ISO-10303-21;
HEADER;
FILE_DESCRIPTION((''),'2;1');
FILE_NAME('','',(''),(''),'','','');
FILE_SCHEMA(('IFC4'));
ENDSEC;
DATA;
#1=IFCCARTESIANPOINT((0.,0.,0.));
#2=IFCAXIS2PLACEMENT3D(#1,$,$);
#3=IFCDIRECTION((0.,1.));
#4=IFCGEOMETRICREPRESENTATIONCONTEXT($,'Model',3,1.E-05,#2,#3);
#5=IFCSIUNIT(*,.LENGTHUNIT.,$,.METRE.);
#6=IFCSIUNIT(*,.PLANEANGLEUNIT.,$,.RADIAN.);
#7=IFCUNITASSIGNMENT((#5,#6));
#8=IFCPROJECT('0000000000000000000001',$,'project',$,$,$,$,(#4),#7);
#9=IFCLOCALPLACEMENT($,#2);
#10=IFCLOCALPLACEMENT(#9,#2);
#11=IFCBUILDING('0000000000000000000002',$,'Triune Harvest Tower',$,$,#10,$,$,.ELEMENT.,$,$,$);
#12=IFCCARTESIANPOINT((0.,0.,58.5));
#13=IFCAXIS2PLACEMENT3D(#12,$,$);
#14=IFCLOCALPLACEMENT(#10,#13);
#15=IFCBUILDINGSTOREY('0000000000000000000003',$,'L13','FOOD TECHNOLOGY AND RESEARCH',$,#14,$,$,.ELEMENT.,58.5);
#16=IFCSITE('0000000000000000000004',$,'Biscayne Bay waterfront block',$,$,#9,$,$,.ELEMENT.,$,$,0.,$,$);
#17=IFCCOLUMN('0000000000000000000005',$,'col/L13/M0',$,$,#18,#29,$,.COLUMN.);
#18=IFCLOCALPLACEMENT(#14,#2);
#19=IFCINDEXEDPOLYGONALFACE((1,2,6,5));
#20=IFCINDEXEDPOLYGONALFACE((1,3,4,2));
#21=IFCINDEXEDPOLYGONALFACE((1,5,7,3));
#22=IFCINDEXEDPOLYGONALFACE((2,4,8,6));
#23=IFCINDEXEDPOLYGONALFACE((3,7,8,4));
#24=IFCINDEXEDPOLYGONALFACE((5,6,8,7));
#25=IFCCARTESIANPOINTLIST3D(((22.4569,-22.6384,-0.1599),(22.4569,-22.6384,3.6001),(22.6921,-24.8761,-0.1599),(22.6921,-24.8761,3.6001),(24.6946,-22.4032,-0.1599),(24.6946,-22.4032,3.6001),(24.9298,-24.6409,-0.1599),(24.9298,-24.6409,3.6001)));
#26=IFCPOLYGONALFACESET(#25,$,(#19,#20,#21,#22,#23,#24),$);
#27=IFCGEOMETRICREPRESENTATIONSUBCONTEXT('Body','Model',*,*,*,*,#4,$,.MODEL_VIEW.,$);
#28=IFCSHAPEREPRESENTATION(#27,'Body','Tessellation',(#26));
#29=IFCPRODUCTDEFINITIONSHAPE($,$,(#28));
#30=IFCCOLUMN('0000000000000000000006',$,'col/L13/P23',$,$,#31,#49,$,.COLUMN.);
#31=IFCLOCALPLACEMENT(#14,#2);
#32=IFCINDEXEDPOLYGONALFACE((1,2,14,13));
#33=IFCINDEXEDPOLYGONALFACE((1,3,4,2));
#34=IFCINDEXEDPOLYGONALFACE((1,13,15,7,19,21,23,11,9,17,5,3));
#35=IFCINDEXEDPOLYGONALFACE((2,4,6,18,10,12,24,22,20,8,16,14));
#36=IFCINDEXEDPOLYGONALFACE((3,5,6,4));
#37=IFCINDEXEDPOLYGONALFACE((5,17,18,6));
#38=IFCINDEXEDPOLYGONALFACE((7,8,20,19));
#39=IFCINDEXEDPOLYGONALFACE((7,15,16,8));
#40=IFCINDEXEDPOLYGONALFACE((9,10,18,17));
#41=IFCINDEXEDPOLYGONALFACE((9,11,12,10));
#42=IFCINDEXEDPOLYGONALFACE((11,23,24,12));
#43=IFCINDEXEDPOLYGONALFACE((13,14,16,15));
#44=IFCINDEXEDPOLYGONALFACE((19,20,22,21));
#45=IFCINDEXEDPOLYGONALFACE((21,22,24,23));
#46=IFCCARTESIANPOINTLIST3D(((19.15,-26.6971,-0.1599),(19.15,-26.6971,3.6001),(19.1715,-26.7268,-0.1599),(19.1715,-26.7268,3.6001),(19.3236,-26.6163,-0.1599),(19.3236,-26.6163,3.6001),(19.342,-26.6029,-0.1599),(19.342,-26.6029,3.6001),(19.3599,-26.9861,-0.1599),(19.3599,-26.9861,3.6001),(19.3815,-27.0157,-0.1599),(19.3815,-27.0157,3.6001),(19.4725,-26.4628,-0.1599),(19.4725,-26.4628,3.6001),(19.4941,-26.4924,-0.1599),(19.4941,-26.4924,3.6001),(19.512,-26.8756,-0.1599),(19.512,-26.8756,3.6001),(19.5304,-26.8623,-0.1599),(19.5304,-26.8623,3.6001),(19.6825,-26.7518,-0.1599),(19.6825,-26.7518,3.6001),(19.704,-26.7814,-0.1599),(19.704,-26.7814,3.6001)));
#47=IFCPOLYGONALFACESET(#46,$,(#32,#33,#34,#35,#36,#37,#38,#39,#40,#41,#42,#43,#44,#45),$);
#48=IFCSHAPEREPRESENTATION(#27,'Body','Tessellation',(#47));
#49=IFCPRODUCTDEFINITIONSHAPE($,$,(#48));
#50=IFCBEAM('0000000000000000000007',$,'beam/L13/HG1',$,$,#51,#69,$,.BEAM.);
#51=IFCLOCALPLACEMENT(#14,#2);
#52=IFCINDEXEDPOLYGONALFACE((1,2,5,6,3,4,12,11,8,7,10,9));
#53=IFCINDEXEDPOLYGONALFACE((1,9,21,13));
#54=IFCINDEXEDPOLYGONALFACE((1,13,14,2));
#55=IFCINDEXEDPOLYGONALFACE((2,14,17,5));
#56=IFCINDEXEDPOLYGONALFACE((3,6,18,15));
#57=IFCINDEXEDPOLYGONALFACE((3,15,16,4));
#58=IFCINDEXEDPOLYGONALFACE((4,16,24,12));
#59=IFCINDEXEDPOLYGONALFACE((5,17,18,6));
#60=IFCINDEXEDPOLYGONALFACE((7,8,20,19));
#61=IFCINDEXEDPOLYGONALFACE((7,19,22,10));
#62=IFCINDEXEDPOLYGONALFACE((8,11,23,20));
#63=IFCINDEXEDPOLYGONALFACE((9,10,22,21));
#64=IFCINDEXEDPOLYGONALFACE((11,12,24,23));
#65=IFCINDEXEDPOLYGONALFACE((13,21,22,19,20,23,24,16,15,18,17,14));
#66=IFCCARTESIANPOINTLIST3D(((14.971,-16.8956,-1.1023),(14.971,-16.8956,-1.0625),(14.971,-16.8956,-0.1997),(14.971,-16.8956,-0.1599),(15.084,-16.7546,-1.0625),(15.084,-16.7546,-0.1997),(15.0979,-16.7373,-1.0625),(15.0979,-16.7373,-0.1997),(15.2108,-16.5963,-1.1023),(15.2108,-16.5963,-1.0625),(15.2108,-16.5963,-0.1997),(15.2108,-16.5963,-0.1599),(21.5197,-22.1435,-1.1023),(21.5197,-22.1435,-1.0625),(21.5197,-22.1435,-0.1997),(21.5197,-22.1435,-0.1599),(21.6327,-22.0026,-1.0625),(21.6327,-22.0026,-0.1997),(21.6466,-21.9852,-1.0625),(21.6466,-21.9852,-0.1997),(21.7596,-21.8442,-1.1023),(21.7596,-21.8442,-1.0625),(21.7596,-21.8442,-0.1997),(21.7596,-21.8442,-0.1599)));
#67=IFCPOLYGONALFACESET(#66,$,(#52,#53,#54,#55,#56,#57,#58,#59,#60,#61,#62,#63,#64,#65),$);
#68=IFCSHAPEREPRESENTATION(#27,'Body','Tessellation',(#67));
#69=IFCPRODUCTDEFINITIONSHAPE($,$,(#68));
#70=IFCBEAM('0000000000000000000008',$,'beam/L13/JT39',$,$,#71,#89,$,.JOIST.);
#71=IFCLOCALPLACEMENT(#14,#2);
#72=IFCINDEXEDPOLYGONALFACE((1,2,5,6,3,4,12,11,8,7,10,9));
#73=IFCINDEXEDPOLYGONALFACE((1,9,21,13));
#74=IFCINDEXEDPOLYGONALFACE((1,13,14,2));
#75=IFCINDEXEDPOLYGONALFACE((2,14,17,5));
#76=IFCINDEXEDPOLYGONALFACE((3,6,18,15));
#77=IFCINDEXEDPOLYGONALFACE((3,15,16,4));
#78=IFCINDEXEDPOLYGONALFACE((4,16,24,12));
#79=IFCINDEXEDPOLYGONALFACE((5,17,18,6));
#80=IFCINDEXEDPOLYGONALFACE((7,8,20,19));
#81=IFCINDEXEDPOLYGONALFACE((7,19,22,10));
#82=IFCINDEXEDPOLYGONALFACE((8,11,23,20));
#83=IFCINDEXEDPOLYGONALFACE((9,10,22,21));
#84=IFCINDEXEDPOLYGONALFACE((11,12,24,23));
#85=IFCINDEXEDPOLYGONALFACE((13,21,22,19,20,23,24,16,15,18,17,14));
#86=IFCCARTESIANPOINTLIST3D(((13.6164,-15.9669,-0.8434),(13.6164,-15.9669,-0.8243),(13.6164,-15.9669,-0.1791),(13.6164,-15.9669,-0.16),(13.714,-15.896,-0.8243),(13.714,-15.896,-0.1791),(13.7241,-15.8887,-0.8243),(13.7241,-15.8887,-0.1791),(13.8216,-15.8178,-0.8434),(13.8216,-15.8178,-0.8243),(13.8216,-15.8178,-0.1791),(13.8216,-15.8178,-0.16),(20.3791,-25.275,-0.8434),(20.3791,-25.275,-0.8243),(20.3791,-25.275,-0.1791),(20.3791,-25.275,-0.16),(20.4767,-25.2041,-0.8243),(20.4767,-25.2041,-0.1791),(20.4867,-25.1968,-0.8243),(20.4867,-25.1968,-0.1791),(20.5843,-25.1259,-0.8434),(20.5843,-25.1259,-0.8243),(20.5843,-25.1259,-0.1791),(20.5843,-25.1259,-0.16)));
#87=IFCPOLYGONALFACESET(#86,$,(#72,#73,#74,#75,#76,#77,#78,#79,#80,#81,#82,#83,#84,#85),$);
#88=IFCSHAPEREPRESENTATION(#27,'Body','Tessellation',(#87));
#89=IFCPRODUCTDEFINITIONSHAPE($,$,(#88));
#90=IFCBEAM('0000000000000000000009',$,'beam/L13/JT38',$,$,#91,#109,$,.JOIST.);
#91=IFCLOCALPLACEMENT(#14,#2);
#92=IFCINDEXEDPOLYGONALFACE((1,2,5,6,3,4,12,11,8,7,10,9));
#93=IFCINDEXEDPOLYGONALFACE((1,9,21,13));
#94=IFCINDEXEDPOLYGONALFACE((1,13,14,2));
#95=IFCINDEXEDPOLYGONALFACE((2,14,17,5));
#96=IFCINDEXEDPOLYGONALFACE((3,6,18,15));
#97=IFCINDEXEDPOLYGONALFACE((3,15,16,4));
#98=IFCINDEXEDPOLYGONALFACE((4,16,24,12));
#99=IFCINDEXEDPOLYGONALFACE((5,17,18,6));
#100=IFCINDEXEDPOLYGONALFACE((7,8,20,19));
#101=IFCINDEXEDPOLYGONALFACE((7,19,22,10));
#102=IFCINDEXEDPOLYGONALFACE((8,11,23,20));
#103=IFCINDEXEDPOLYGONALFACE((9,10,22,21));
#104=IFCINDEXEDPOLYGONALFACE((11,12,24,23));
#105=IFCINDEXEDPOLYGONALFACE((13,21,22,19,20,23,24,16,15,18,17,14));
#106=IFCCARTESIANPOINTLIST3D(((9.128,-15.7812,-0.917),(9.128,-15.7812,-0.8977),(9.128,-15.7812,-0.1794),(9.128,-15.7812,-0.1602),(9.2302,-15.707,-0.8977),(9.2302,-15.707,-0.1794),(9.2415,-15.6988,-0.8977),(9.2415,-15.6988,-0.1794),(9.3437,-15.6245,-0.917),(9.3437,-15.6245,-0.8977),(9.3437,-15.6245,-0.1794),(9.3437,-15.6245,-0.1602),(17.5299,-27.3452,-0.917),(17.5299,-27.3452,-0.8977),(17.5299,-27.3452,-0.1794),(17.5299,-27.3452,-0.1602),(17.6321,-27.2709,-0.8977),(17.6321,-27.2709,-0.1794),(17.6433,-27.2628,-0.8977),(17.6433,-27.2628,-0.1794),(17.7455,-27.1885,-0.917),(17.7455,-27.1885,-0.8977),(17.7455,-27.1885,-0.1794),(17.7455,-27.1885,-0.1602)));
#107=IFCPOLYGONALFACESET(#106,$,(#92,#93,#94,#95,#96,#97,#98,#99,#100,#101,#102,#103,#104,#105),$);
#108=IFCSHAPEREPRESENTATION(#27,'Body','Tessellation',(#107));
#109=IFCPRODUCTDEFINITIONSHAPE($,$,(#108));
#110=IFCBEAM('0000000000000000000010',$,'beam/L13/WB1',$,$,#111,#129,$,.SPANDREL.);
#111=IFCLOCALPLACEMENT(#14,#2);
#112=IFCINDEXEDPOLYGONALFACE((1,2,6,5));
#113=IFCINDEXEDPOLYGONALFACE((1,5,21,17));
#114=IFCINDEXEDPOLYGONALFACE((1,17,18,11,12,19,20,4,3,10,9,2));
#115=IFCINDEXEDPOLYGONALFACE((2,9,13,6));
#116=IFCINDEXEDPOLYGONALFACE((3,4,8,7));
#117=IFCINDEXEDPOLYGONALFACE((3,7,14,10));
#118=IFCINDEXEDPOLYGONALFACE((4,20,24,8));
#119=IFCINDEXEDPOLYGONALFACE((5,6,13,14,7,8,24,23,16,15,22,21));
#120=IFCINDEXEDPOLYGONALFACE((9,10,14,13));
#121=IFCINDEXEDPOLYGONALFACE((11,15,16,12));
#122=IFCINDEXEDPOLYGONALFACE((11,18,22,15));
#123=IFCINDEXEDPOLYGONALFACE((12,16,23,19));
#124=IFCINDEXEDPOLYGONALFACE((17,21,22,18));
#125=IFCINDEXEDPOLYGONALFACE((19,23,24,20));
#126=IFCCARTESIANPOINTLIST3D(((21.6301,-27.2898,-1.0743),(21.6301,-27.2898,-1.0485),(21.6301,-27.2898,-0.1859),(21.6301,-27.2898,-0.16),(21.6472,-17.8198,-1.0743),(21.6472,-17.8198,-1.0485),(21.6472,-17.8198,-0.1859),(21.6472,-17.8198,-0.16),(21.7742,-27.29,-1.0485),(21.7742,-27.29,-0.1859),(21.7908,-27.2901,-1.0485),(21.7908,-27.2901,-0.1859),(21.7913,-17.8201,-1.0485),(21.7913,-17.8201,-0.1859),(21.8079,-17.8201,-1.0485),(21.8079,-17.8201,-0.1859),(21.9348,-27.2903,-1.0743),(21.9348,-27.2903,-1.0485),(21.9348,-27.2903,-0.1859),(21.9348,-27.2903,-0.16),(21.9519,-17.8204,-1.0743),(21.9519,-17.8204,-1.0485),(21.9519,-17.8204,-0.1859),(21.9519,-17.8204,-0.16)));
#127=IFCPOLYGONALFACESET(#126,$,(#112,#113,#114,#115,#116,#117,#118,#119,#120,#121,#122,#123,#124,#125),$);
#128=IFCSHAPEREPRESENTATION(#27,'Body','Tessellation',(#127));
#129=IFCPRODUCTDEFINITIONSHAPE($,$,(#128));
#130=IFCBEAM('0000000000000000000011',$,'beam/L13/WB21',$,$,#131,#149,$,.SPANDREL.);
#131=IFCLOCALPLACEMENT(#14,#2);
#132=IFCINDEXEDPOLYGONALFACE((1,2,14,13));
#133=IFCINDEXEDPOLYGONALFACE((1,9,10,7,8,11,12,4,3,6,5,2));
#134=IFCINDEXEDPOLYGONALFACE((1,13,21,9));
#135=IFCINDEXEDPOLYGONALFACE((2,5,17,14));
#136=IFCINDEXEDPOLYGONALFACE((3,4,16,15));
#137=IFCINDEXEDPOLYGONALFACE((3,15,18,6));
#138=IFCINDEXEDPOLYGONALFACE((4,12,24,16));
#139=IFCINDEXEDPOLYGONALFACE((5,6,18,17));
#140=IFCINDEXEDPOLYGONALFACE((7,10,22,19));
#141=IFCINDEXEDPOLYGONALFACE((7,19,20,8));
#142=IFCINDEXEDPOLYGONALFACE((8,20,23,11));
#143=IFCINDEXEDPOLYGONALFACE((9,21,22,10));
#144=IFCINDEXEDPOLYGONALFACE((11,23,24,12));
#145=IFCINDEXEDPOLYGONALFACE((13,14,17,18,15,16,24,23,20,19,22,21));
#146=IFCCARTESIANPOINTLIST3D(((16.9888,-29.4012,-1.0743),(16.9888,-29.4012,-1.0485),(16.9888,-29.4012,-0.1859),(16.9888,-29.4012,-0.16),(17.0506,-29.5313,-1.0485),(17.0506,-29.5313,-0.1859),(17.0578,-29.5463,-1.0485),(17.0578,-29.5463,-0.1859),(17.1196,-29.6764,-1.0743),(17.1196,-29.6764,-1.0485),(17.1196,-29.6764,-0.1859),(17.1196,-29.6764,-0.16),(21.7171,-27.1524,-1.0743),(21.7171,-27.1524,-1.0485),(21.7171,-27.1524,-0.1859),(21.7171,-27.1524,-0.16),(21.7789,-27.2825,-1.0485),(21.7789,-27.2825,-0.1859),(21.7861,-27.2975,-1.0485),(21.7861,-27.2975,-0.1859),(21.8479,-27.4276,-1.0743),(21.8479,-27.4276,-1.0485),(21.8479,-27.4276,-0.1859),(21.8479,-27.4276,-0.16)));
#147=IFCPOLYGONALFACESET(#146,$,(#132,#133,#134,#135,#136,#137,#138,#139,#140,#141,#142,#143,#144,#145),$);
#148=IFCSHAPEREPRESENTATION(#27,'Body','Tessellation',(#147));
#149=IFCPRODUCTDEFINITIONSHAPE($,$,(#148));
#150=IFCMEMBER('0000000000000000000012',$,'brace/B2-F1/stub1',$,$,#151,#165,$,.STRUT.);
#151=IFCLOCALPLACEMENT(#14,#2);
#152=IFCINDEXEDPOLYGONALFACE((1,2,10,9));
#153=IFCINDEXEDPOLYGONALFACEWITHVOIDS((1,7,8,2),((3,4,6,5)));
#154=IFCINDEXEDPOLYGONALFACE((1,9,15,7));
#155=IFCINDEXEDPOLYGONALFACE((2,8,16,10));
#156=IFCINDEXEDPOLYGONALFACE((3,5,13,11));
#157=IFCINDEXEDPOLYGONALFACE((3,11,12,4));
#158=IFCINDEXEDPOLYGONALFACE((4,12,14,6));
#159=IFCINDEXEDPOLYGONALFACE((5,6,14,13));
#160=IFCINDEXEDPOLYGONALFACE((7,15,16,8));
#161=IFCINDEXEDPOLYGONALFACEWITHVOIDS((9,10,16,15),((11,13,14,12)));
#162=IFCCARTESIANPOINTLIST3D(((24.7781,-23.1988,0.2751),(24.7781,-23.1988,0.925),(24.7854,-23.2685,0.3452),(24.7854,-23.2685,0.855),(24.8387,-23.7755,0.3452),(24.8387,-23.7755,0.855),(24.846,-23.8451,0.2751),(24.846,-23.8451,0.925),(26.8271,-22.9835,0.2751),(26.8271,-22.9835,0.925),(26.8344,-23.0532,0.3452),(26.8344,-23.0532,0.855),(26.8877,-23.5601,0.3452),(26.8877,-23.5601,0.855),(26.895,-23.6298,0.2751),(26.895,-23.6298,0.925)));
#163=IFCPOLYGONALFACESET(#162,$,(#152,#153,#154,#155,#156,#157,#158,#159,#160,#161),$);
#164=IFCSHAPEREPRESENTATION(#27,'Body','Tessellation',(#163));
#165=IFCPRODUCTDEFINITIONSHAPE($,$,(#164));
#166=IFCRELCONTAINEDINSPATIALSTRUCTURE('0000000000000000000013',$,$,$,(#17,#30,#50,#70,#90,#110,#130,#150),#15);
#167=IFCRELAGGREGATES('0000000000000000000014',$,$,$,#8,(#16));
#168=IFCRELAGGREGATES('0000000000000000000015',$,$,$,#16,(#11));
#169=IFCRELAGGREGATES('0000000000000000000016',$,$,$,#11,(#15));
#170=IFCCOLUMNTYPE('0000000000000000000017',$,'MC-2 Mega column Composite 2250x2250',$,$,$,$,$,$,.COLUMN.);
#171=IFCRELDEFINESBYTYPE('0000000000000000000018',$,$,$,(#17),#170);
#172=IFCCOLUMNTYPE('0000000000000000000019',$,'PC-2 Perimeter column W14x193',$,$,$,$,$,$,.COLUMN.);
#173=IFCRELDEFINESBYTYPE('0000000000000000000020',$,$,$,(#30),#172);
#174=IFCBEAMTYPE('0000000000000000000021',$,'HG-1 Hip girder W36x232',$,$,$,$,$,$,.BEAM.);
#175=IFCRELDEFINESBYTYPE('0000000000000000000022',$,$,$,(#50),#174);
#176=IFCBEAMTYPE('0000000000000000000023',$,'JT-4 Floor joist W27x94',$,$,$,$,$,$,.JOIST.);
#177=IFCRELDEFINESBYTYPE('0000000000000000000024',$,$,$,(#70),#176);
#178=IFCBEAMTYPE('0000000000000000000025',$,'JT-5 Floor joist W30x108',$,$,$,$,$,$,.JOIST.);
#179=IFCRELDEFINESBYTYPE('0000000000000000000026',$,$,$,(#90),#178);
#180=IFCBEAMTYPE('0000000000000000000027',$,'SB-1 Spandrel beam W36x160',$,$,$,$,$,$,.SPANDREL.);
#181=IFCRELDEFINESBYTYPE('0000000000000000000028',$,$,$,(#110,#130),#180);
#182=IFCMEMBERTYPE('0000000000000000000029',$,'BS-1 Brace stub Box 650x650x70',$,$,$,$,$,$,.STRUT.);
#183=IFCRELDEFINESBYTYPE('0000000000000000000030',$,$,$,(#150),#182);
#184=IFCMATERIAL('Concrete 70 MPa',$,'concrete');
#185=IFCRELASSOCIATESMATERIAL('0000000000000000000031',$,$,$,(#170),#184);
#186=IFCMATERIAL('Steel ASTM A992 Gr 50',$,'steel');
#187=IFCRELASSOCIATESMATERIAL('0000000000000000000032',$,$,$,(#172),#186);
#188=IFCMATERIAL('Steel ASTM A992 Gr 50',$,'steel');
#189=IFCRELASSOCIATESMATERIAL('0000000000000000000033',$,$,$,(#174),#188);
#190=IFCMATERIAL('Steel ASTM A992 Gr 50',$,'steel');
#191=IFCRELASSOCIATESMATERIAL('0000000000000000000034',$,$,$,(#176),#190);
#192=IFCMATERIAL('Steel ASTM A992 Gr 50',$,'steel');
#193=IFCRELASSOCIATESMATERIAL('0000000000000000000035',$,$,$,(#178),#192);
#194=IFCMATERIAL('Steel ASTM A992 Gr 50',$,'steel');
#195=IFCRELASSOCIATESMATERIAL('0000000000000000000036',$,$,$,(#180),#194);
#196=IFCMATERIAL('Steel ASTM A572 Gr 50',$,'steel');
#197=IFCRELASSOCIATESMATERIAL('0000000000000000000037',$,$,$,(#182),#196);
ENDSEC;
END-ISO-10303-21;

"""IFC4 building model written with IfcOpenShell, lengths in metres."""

from ifc_helpers import new_model, si_unit, direction, frame, origin, origin_2d, place, context, subcontext, project, spatial, rectangle, hollow_rectangle, i_section, extrude, source, transform, mapped, material, material_profile, profile_set, type_object, element, save


model = new_model("IFC4")

# Units and contexts
model_context = context("Model", 3, precision=1e-05, world=origin(), true_north=direction((0.0, 1.0)))
body_context = subcontext(model_context, "Body", "Model", "MODEL_VIEW")
ifc_project = project(units=[si_unit("LENGTHUNIT", "METRE"), si_unit("PLANEANGLEUNIT", "RADIAN")], contexts=[model_context])

# Site, building, storey
site_placement = place(None, origin())
site = spatial("IfcSite", under=ifc_project, at=site_placement, Name="Biscayne Bay waterfront block", CompositionType="ELEMENT", RefElevation=0.0)
building_placement = place(site_placement, origin())
building = spatial("IfcBuilding", under=site, at=building_placement, Name="Triune Harvest Tower", CompositionType="ELEMENT")
storey_placement = place(building_placement, frame((0.0, 0.0, 58.5)))
storey = spatial("IfcBuildingStorey", under=building, at=storey_placement, Name="L13", Description="FOOD TECHNOLOGY AND RESEARCH", CompositionType="ELEMENT", Elevation=58.5)

# Columns
ifc_material_1 = material(Name="Concrete 70 MPa", Category="concrete")
ifc_material_profile_1 = material_profile(ifc_material_1, rectangle(XDim=2.25, YDim=2.25, at=origin_2d()), Name="Composite 2250x2250")
ifc_profile_set_1 = profile_set([ifc_material_profile_1], Name="Concrete 70 MPa")
column_type_1 = type_object("IfcColumnType", Name="MC-2 Mega column Composite 2250x2250", PredefinedType="COLUMN", material=ifc_profile_set_1)
shared_shape_1 = source(origin(), body_context, "Body", "SweptSolid", [
    extrude(rectangle(XDim=2.25, YDim=2.25, at=origin_2d()), origin(), (0.0, 0.0, 1.0), 3.76),
])
column_1_placement = place(storey_placement, frame((23.6934, -23.6396, -0.1599), z_axis=(0.0, 0.0, 1.0), x_axis=(-0.104527, 0.994522, 0.0)))
element("IfcColumn", 1, at=column_1_placement, inside=storey, type_object=column_type_1, Name="col/L13/M0", PredefinedType="COLUMN", context=body_context, shape_type="MappedRepresentation", body=[
    mapped(shared_shape_1, transform((0.0, 0.0, 0.0), scale=1.0)),
])
ifc_material_2 = material(Name="Steel ASTM A992 Gr 50", Category="steel")
ifc_material_profile_2 = material_profile(ifc_material_2, i_section(OverallWidth=0.3987, OverallDepth=0.3938, WebThickness=0.0227, FlangeThickness=0.0366, at=origin_2d()), Name="W14x193")
ifc_profile_set_2 = profile_set([ifc_material_profile_2], Name="Steel ASTM A992 Gr 50")
column_type_2 = type_object("IfcColumnType", Name="PC-2 Perimeter column W14x193", PredefinedType="COLUMN", material=ifc_profile_set_2)
shared_shape_2 = source(origin(), body_context, "Body", "SweptSolid", [
    extrude(i_section(OverallWidth=0.3987, OverallDepth=0.3938, WebThickness=0.0227, FlangeThickness=0.0366, at=origin_2d()), origin(), (0.0, 0.0, 1.0), 3.76),
])
column_2_placement = place(storey_placement, frame((19.427, -26.7393, -0.1599), z_axis=(0.0, 0.0, 1.0), x_axis=(0.809015, 0.587788, 0.0)))
element("IfcColumn", 2, at=column_2_placement, inside=storey, type_object=column_type_2, Name="col/L13/P23", PredefinedType="COLUMN", context=body_context, shape_type="MappedRepresentation", body=[
    mapped(shared_shape_2, transform((0.0, 0.0, 0.0), scale=1.0)),
])

# Beams
ifc_material_3 = material(Name="Steel ASTM A992 Gr 50", Category="steel")
ifc_material_profile_3 = material_profile(ifc_material_3, i_section(OverallWidth=0.3835, OverallDepth=0.9424, WebThickness=0.0222, FlangeThickness=0.0398, at=origin_2d()), Name="W36x232")
ifc_profile_set_3 = profile_set([ifc_material_profile_3], Name="Steel ASTM A992 Gr 50")
beam_type_1 = type_object("IfcBeamType", Name="HG-1 Hip girder W36x232", PredefinedType="BEAM", material=ifc_profile_set_3)
beam_1_placement = place(storey_placement, frame((21.6396, -21.9939, -0.6311), z_axis=(-0.780346, 0.625348, 0.0), x_axis=(-0.625348, -0.780346, 0.0)))
element("IfcBeam", 3, at=beam_1_placement, inside=storey, type_object=beam_type_1, Name="beam/L13/HG1", PredefinedType="BEAM", context=body_context, shape_type="SweptSolid", body=[
    extrude(i_section(OverallWidth=0.3835, OverallDepth=0.9424, WebThickness=0.0222, FlangeThickness=0.0398, at=origin_2d()), origin(), (0.0, 0.0, 1.0), 8.3921),
])
ifc_material_4 = material(Name="Steel ASTM A992 Gr 50", Category="steel")
ifc_material_profile_4 = material_profile(ifc_material_4, i_section(OverallWidth=0.2537, OverallDepth=0.6833, WebThickness=0.0125, FlangeThickness=0.019, at=origin_2d()), Name="W27x94")
ifc_profile_set_4 = profile_set([ifc_material_profile_4], Name="Steel ASTM A992 Gr 50")
beam_type_2 = type_object("IfcBeamType", Name="JT-4 Floor joist W27x94", PredefinedType="JOIST", material=ifc_profile_set_4)
beam_2_placement = place(storey_placement, frame((20.4817, -25.2004, -0.5017), z_axis=(-0.587783, 0.809019, 0.0), x_axis=(-0.809019, -0.587783, 0.0)))
element("IfcBeam", 4, at=beam_2_placement, inside=storey, type_object=beam_type_2, Name="beam/L13/JT39", PredefinedType="JOIST", context=body_context, shape_type="SweptSolid", body=[
    extrude(i_section(OverallWidth=0.2537, OverallDepth=0.6833, WebThickness=0.0125, FlangeThickness=0.019, at=origin_2d()), origin(), (0.0, 0.0, 1.0), 11.5054),
])
ifc_material_5 = material(Name="Steel ASTM A992 Gr 50", Category="steel")
ifc_material_profile_5 = material_profile(ifc_material_5, i_section(OverallWidth=0.2666, OverallDepth=0.7568, WebThickness=0.0139, FlangeThickness=0.0193, at=origin_2d()), Name="W30x108")
ifc_profile_set_5 = profile_set([ifc_material_profile_5], Name="Steel ASTM A992 Gr 50")
beam_type_3 = type_object("IfcBeamType", Name="JT-5 Floor joist W30x108", PredefinedType="JOIST", material=ifc_profile_set_5)
beam_3_placement = place(storey_placement, frame((17.6377, -27.2668, -0.5386), z_axis=(-0.587792, 0.809012, 0.0), x_axis=(-0.809012, -0.587792, 0.0)))
element("IfcBeam", 5, at=beam_3_placement, inside=storey, type_object=beam_type_3, Name="beam/L13/JT38", PredefinedType="JOIST", context=body_context, shape_type="SweptSolid", body=[
    extrude(i_section(OverallWidth=0.2666, OverallDepth=0.7568, WebThickness=0.0139, FlangeThickness=0.0193, at=origin_2d()), origin(), (0.0, 0.0, 1.0), 14.2939),
])
ifc_material_6 = material(Name="Steel ASTM A992 Gr 50", Category="steel")
ifc_material_profile_6 = material_profile(ifc_material_6, i_section(OverallWidth=0.3047, OverallDepth=0.9143, WebThickness=0.0166, FlangeThickness=0.0259, at=origin_2d()), Name="W36x160")
ifc_profile_set_6 = profile_set([ifc_material_profile_6], Name="Steel ASTM A992 Gr 50")
beam_type_4 = type_object("IfcBeamType", Name="SB-1 Spandrel beam W36x160", PredefinedType="SPANDREL", material=ifc_profile_set_6)
beam_4_placement = place(storey_placement, frame((21.7825, -27.29, -0.6172), z_axis=(0.001805, 0.999998, 0.0), x_axis=(-0.999998, 0.001805, 0.0)))
element("IfcBeam", 6, at=beam_4_placement, inside=storey, type_object=beam_type_4, Name="beam/L13/WB1", PredefinedType="SPANDREL", context=body_context, shape_type="SweptSolid", body=[
    extrude(i_section(OverallWidth=0.3047, OverallDepth=0.9143, WebThickness=0.0166, FlangeThickness=0.0259, at=origin_2d()), origin(), (0.0, 0.0, 1.0), 9.47),
])
beam_5_placement = place(storey_placement, frame((17.0542, -29.5388, -0.6172), z_axis=(0.903066, 0.429501, 0.0), x_axis=(-0.429501, 0.903066, 0.0)))
element("IfcBeam", 7, at=beam_5_placement, inside=storey, type_object=beam_type_4, Name="beam/L13/WB21", PredefinedType="SPANDREL", context=body_context, shape_type="SweptSolid", body=[
    extrude(i_section(OverallWidth=0.3047, OverallDepth=0.9143, WebThickness=0.0166, FlangeThickness=0.0259, at=origin_2d()), origin(), (0.0, 0.0, 1.0), 5.2358),
])

# Member
ifc_material_7 = material(Name="Steel ASTM A572 Gr 50", Category="steel")
ifc_material_profile_7 = material_profile(ifc_material_7, hollow_rectangle(XDim=0.6499, YDim=0.6499, WallThickness=0.0701, at=origin_2d()), Name="Box 650x650x70")
ifc_profile_set_7 = profile_set([ifc_material_profile_7], Name="Steel ASTM A572 Gr 50")
member_type_1 = type_object("IfcMemberType", Name="BS-1 Brace stub Box 650x650x70", PredefinedType="STRUT", material=ifc_profile_set_7)
shared_shape_3 = source(origin(), body_context, "Body", "SweptSolid", [
    extrude(hollow_rectangle(XDim=0.6499, YDim=0.6499, WallThickness=0.0701, at=origin_2d()), origin(), (0.0, 0.0, 1.0), 2.0603),
])
member_1_placement = place(storey_placement, frame((24.812, -23.522, 0.6001), z_axis=(0.994524, 0.104512, 0.0), x_axis=(-0.104512, 0.994524, 0.0)))
element("IfcMember", 8, at=member_1_placement, inside=storey, type_object=member_type_1, Name="brace/B2-F1/stub1", PredefinedType="STRUT", context=body_context, shape_type="MappedRepresentation", body=[
    mapped(shared_shape_3, transform((0.0, 0.0, 0.0), scale=1.0)),
])

save(model, "model.ifc")
